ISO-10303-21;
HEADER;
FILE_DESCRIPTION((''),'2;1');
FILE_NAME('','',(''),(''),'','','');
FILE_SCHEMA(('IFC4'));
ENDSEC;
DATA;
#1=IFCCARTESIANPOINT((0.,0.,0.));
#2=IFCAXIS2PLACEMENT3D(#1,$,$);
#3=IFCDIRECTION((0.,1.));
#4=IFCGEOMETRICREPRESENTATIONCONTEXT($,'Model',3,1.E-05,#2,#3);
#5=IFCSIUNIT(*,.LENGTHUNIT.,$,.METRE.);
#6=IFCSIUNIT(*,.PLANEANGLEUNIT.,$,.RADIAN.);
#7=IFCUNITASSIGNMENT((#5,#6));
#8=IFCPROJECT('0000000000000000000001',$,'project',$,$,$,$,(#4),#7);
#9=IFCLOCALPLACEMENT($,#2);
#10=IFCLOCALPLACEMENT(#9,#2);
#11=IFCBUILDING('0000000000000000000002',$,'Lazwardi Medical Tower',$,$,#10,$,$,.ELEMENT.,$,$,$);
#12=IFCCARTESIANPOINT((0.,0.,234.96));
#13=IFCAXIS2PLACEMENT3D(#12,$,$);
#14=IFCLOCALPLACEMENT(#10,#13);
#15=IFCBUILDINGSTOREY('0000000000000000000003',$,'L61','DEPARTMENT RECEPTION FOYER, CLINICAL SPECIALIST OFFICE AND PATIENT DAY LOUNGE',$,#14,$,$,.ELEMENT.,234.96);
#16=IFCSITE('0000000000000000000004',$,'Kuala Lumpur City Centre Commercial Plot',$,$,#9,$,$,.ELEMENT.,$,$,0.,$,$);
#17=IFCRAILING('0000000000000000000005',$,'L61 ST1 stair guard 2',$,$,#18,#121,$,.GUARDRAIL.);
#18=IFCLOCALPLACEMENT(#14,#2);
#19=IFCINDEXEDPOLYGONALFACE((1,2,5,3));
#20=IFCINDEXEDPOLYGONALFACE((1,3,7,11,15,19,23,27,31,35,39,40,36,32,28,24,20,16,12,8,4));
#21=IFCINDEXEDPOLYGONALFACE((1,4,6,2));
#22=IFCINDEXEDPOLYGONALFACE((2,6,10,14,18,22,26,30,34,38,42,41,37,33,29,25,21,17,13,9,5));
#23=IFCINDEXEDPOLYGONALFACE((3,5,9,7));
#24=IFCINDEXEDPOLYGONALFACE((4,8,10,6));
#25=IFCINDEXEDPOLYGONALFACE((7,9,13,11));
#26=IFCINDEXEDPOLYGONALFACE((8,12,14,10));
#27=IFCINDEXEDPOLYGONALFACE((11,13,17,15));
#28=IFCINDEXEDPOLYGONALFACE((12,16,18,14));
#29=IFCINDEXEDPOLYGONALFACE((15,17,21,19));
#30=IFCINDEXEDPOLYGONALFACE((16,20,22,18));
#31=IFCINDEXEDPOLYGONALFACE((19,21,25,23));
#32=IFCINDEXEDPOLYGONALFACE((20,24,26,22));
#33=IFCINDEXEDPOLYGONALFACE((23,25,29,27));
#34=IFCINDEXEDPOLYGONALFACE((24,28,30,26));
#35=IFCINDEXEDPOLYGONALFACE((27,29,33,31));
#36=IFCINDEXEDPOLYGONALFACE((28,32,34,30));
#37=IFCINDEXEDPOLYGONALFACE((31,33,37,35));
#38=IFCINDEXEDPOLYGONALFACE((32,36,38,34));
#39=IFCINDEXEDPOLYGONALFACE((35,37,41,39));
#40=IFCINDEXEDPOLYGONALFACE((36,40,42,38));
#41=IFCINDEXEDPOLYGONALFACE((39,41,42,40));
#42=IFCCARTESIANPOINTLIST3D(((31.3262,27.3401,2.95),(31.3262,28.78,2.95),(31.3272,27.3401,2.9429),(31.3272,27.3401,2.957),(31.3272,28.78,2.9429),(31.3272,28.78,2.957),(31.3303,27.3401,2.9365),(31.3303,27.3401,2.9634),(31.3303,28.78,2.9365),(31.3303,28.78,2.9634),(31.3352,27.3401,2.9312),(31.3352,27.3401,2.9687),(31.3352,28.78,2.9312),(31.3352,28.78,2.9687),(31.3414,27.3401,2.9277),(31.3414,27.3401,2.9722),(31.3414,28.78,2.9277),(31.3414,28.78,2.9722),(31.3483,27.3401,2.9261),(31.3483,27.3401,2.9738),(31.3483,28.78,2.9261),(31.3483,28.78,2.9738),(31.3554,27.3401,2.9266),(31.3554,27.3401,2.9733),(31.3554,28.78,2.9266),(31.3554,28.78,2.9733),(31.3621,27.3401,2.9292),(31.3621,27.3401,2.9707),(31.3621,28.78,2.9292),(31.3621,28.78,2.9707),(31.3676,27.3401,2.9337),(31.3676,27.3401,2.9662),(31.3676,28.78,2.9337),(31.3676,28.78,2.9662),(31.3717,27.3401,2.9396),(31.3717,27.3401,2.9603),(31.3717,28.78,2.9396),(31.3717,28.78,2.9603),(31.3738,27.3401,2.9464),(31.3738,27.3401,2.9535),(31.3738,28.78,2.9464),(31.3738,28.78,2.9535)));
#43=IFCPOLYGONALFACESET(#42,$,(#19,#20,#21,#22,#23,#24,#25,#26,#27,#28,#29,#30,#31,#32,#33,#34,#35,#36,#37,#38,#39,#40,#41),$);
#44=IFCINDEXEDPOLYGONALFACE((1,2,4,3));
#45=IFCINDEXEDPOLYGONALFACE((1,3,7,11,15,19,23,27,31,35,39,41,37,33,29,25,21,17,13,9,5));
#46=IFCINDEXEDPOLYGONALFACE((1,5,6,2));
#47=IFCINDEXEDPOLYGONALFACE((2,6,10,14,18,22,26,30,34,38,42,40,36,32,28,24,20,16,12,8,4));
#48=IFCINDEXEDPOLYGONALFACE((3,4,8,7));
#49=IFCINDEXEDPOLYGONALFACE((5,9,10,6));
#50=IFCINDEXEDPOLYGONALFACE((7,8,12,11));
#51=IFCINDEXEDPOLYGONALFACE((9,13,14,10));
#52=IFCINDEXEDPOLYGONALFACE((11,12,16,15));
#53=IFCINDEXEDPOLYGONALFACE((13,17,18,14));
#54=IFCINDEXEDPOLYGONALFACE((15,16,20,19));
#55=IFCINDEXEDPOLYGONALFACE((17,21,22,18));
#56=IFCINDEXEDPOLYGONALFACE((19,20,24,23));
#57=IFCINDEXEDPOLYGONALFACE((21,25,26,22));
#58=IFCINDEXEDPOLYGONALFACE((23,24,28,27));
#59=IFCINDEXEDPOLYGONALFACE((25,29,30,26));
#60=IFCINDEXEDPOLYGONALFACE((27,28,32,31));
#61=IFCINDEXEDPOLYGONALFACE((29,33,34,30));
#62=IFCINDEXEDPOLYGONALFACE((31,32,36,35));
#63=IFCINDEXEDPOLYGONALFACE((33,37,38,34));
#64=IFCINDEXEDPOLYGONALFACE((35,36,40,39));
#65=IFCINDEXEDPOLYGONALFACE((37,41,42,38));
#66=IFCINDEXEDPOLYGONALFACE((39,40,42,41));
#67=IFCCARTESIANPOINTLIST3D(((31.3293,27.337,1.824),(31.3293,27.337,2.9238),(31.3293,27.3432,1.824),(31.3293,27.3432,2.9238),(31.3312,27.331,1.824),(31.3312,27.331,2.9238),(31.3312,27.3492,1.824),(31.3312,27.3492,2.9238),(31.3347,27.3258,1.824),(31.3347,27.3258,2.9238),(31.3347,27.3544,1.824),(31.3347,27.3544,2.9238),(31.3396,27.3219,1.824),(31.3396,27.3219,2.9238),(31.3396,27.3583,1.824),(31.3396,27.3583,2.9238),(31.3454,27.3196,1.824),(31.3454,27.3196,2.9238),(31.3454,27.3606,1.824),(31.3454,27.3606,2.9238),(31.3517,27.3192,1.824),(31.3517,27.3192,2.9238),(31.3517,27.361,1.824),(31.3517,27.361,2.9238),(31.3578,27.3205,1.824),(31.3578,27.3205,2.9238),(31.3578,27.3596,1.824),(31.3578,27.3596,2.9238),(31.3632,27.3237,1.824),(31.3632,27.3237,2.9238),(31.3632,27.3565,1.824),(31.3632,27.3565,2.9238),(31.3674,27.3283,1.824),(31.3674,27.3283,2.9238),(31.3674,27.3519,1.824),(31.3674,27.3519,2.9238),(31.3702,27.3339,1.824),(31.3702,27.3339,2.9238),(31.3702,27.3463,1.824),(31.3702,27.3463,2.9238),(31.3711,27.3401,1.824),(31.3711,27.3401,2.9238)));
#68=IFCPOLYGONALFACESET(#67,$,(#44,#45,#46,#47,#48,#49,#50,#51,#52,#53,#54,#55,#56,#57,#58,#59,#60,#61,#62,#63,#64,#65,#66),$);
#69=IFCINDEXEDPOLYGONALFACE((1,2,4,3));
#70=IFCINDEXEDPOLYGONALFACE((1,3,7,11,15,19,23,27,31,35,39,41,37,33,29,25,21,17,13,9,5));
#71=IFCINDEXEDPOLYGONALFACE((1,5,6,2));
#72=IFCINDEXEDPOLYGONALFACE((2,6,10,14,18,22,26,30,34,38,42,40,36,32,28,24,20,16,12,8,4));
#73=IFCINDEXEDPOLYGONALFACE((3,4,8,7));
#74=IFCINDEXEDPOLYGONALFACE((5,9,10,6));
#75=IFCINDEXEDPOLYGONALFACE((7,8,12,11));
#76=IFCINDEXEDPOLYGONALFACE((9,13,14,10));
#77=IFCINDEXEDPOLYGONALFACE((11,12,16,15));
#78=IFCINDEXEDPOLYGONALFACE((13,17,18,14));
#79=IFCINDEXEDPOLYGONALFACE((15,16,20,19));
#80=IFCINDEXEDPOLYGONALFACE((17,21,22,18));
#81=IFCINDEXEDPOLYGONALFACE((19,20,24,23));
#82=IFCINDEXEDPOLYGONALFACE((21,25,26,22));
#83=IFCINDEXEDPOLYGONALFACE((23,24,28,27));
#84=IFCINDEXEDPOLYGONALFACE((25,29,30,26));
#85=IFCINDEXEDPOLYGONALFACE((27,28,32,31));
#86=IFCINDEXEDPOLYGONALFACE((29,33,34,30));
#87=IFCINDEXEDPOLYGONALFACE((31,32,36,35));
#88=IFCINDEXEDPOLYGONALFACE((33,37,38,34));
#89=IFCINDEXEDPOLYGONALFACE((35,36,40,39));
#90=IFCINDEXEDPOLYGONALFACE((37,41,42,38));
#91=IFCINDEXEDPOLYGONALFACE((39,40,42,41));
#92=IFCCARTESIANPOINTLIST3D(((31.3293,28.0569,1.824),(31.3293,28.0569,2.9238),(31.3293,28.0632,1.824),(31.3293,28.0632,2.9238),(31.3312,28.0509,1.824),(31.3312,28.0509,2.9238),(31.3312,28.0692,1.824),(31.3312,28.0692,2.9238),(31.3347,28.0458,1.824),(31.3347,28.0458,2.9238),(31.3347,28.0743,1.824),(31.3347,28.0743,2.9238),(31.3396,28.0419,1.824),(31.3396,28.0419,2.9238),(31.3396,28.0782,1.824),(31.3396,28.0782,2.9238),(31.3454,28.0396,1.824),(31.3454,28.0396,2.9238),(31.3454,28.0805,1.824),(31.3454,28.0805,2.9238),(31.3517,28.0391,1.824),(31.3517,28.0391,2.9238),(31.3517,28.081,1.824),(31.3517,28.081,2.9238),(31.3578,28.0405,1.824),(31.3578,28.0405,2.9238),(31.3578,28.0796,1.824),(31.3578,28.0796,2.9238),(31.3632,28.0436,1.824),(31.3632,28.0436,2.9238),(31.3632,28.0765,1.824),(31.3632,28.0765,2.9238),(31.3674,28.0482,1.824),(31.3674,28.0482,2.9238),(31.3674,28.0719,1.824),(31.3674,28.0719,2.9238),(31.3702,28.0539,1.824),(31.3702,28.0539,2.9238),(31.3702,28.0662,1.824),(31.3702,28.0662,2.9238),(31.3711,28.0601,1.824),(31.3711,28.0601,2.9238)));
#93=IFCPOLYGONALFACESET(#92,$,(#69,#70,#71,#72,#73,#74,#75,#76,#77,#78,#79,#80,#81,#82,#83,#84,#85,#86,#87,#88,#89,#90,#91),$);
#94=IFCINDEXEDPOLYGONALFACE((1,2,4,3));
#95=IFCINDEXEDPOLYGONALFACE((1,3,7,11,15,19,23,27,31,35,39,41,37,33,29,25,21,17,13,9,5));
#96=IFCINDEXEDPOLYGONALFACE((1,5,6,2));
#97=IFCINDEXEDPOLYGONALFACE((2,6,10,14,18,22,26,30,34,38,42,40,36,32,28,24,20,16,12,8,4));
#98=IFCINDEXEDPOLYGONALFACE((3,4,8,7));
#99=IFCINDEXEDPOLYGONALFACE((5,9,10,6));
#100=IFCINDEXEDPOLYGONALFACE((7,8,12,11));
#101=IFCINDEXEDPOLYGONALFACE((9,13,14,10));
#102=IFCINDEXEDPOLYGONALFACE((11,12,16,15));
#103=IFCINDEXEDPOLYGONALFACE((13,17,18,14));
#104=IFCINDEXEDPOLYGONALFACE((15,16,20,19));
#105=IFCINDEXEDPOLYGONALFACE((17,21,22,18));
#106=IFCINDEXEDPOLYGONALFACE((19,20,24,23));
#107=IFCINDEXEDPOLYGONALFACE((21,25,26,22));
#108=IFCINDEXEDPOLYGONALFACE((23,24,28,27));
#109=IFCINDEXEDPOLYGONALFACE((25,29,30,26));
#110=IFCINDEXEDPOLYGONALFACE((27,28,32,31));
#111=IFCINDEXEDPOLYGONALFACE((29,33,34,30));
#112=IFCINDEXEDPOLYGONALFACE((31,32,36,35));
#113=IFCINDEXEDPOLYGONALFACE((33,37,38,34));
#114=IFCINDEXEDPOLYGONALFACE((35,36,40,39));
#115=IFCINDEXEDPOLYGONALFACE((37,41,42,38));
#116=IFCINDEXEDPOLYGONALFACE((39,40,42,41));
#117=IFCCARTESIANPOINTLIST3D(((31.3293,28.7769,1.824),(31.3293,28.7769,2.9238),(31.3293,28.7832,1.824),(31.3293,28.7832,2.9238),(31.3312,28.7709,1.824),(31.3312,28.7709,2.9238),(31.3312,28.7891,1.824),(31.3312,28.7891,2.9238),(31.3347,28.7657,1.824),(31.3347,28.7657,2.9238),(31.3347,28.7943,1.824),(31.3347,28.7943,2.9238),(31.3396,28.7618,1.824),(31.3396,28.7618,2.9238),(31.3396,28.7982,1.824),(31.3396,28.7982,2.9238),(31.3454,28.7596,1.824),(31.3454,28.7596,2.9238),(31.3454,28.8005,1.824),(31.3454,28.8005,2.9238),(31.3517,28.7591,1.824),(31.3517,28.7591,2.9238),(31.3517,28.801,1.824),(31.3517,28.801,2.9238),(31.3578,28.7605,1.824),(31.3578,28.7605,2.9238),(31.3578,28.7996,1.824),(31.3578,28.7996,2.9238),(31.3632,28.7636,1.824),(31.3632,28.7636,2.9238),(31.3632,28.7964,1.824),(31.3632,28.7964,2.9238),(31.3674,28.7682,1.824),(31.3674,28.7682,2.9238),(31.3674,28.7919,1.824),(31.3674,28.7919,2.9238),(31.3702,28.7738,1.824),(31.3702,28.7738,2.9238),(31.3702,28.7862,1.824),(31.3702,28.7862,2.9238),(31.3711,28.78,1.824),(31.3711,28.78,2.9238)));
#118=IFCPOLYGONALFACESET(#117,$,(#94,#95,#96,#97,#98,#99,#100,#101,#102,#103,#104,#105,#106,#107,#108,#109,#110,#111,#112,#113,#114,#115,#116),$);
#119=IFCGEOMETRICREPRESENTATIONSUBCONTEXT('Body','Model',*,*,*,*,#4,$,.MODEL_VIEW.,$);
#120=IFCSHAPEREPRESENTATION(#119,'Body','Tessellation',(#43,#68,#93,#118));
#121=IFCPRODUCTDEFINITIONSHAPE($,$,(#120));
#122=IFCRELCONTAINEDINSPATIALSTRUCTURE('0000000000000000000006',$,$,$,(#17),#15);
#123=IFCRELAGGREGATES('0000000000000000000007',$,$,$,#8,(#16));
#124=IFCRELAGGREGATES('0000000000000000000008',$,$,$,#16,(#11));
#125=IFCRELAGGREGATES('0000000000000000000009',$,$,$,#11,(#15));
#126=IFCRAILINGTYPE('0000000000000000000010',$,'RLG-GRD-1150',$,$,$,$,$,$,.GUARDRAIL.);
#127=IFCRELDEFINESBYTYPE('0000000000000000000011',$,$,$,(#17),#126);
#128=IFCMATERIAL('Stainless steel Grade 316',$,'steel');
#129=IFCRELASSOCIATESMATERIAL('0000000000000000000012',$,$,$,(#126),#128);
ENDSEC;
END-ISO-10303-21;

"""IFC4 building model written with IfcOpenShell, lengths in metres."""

from ifc_helpers import new_model, si_unit, direction, frame, origin, origin_2d, place, context, subcontext, project, spatial, circle, extrude, material, type_object, element, save


model = new_model("IFC4")

# Units and contexts
model_context = context("Model", 3, precision=1e-05, world=origin(), true_north=direction((0.0, 1.0)))
body_context = subcontext(model_context, "Body", "Model", "MODEL_VIEW")
ifc_project = project(units=[si_unit("LENGTHUNIT", "METRE"), si_unit("PLANEANGLEUNIT", "RADIAN")], contexts=[model_context])

# Site, building, storey
site_placement = place(None, origin())
site = spatial("IfcSite", under=ifc_project, at=site_placement, Name="Kuala Lumpur City Centre Commercial Plot", CompositionType="ELEMENT", RefElevation=0.0)
building_placement = place(site_placement, origin())
building = spatial("IfcBuilding", under=site, at=building_placement, Name="Lazwardi Medical Tower", CompositionType="ELEMENT")
storey_placement = place(building_placement, frame((0.0, 0.0, 234.96)))
storey = spatial("IfcBuildingStorey", under=building, at=storey_placement, Name="L61", Description="DEPARTMENT RECEPTION FOYER, CLINICAL SPECIALIST OFFICE AND PATIENT DAY LOUNGE", CompositionType="ELEMENT", Elevation=234.96)

# Railing
ifc_material_1 = material(Name="Stainless steel Grade 316", Category="steel")
railing_type_1 = type_object("IfcRailingType", Name="RLG-GRD-1150", PredefinedType="GUARDRAIL", material=ifc_material_1)
railing_1_placement = place(storey_placement, frame((31.3501, 27.3401, 1.824)))
element("IfcRailing", 1, at=railing_1_placement, inside=storey, type_object=railing_type_1, Name="L61 ST1 stair guard 2", PredefinedType="GUARDRAIL", context=body_context, shape_type="SweptSolid", body=[
    extrude(circle(Radius=0.0239, at=origin_2d()), frame((0.0, 0.0, 1.126), z_axis=(0.0, 1.0, 0.0), x_axis=(-1.0, 0.0, 0.0)), (0.0, 0.0, 1.0), 1.4399),
    extrude(circle(Radius=0.021, at=origin_2d()), origin(), (0.0, 0.0, 1.0), 1.0999),
    extrude(circle(Radius=0.021, at=origin_2d()), frame((0.0, 0.72, 0.0)), (0.0, 0.0, 1.0), 1.0999),
    extrude(circle(Radius=0.021, at=origin_2d()), frame((0.0, 1.4399, 0.0)), (0.0, 0.0, 1.0), 1.0999),
])

save(model, "model.ifc")
